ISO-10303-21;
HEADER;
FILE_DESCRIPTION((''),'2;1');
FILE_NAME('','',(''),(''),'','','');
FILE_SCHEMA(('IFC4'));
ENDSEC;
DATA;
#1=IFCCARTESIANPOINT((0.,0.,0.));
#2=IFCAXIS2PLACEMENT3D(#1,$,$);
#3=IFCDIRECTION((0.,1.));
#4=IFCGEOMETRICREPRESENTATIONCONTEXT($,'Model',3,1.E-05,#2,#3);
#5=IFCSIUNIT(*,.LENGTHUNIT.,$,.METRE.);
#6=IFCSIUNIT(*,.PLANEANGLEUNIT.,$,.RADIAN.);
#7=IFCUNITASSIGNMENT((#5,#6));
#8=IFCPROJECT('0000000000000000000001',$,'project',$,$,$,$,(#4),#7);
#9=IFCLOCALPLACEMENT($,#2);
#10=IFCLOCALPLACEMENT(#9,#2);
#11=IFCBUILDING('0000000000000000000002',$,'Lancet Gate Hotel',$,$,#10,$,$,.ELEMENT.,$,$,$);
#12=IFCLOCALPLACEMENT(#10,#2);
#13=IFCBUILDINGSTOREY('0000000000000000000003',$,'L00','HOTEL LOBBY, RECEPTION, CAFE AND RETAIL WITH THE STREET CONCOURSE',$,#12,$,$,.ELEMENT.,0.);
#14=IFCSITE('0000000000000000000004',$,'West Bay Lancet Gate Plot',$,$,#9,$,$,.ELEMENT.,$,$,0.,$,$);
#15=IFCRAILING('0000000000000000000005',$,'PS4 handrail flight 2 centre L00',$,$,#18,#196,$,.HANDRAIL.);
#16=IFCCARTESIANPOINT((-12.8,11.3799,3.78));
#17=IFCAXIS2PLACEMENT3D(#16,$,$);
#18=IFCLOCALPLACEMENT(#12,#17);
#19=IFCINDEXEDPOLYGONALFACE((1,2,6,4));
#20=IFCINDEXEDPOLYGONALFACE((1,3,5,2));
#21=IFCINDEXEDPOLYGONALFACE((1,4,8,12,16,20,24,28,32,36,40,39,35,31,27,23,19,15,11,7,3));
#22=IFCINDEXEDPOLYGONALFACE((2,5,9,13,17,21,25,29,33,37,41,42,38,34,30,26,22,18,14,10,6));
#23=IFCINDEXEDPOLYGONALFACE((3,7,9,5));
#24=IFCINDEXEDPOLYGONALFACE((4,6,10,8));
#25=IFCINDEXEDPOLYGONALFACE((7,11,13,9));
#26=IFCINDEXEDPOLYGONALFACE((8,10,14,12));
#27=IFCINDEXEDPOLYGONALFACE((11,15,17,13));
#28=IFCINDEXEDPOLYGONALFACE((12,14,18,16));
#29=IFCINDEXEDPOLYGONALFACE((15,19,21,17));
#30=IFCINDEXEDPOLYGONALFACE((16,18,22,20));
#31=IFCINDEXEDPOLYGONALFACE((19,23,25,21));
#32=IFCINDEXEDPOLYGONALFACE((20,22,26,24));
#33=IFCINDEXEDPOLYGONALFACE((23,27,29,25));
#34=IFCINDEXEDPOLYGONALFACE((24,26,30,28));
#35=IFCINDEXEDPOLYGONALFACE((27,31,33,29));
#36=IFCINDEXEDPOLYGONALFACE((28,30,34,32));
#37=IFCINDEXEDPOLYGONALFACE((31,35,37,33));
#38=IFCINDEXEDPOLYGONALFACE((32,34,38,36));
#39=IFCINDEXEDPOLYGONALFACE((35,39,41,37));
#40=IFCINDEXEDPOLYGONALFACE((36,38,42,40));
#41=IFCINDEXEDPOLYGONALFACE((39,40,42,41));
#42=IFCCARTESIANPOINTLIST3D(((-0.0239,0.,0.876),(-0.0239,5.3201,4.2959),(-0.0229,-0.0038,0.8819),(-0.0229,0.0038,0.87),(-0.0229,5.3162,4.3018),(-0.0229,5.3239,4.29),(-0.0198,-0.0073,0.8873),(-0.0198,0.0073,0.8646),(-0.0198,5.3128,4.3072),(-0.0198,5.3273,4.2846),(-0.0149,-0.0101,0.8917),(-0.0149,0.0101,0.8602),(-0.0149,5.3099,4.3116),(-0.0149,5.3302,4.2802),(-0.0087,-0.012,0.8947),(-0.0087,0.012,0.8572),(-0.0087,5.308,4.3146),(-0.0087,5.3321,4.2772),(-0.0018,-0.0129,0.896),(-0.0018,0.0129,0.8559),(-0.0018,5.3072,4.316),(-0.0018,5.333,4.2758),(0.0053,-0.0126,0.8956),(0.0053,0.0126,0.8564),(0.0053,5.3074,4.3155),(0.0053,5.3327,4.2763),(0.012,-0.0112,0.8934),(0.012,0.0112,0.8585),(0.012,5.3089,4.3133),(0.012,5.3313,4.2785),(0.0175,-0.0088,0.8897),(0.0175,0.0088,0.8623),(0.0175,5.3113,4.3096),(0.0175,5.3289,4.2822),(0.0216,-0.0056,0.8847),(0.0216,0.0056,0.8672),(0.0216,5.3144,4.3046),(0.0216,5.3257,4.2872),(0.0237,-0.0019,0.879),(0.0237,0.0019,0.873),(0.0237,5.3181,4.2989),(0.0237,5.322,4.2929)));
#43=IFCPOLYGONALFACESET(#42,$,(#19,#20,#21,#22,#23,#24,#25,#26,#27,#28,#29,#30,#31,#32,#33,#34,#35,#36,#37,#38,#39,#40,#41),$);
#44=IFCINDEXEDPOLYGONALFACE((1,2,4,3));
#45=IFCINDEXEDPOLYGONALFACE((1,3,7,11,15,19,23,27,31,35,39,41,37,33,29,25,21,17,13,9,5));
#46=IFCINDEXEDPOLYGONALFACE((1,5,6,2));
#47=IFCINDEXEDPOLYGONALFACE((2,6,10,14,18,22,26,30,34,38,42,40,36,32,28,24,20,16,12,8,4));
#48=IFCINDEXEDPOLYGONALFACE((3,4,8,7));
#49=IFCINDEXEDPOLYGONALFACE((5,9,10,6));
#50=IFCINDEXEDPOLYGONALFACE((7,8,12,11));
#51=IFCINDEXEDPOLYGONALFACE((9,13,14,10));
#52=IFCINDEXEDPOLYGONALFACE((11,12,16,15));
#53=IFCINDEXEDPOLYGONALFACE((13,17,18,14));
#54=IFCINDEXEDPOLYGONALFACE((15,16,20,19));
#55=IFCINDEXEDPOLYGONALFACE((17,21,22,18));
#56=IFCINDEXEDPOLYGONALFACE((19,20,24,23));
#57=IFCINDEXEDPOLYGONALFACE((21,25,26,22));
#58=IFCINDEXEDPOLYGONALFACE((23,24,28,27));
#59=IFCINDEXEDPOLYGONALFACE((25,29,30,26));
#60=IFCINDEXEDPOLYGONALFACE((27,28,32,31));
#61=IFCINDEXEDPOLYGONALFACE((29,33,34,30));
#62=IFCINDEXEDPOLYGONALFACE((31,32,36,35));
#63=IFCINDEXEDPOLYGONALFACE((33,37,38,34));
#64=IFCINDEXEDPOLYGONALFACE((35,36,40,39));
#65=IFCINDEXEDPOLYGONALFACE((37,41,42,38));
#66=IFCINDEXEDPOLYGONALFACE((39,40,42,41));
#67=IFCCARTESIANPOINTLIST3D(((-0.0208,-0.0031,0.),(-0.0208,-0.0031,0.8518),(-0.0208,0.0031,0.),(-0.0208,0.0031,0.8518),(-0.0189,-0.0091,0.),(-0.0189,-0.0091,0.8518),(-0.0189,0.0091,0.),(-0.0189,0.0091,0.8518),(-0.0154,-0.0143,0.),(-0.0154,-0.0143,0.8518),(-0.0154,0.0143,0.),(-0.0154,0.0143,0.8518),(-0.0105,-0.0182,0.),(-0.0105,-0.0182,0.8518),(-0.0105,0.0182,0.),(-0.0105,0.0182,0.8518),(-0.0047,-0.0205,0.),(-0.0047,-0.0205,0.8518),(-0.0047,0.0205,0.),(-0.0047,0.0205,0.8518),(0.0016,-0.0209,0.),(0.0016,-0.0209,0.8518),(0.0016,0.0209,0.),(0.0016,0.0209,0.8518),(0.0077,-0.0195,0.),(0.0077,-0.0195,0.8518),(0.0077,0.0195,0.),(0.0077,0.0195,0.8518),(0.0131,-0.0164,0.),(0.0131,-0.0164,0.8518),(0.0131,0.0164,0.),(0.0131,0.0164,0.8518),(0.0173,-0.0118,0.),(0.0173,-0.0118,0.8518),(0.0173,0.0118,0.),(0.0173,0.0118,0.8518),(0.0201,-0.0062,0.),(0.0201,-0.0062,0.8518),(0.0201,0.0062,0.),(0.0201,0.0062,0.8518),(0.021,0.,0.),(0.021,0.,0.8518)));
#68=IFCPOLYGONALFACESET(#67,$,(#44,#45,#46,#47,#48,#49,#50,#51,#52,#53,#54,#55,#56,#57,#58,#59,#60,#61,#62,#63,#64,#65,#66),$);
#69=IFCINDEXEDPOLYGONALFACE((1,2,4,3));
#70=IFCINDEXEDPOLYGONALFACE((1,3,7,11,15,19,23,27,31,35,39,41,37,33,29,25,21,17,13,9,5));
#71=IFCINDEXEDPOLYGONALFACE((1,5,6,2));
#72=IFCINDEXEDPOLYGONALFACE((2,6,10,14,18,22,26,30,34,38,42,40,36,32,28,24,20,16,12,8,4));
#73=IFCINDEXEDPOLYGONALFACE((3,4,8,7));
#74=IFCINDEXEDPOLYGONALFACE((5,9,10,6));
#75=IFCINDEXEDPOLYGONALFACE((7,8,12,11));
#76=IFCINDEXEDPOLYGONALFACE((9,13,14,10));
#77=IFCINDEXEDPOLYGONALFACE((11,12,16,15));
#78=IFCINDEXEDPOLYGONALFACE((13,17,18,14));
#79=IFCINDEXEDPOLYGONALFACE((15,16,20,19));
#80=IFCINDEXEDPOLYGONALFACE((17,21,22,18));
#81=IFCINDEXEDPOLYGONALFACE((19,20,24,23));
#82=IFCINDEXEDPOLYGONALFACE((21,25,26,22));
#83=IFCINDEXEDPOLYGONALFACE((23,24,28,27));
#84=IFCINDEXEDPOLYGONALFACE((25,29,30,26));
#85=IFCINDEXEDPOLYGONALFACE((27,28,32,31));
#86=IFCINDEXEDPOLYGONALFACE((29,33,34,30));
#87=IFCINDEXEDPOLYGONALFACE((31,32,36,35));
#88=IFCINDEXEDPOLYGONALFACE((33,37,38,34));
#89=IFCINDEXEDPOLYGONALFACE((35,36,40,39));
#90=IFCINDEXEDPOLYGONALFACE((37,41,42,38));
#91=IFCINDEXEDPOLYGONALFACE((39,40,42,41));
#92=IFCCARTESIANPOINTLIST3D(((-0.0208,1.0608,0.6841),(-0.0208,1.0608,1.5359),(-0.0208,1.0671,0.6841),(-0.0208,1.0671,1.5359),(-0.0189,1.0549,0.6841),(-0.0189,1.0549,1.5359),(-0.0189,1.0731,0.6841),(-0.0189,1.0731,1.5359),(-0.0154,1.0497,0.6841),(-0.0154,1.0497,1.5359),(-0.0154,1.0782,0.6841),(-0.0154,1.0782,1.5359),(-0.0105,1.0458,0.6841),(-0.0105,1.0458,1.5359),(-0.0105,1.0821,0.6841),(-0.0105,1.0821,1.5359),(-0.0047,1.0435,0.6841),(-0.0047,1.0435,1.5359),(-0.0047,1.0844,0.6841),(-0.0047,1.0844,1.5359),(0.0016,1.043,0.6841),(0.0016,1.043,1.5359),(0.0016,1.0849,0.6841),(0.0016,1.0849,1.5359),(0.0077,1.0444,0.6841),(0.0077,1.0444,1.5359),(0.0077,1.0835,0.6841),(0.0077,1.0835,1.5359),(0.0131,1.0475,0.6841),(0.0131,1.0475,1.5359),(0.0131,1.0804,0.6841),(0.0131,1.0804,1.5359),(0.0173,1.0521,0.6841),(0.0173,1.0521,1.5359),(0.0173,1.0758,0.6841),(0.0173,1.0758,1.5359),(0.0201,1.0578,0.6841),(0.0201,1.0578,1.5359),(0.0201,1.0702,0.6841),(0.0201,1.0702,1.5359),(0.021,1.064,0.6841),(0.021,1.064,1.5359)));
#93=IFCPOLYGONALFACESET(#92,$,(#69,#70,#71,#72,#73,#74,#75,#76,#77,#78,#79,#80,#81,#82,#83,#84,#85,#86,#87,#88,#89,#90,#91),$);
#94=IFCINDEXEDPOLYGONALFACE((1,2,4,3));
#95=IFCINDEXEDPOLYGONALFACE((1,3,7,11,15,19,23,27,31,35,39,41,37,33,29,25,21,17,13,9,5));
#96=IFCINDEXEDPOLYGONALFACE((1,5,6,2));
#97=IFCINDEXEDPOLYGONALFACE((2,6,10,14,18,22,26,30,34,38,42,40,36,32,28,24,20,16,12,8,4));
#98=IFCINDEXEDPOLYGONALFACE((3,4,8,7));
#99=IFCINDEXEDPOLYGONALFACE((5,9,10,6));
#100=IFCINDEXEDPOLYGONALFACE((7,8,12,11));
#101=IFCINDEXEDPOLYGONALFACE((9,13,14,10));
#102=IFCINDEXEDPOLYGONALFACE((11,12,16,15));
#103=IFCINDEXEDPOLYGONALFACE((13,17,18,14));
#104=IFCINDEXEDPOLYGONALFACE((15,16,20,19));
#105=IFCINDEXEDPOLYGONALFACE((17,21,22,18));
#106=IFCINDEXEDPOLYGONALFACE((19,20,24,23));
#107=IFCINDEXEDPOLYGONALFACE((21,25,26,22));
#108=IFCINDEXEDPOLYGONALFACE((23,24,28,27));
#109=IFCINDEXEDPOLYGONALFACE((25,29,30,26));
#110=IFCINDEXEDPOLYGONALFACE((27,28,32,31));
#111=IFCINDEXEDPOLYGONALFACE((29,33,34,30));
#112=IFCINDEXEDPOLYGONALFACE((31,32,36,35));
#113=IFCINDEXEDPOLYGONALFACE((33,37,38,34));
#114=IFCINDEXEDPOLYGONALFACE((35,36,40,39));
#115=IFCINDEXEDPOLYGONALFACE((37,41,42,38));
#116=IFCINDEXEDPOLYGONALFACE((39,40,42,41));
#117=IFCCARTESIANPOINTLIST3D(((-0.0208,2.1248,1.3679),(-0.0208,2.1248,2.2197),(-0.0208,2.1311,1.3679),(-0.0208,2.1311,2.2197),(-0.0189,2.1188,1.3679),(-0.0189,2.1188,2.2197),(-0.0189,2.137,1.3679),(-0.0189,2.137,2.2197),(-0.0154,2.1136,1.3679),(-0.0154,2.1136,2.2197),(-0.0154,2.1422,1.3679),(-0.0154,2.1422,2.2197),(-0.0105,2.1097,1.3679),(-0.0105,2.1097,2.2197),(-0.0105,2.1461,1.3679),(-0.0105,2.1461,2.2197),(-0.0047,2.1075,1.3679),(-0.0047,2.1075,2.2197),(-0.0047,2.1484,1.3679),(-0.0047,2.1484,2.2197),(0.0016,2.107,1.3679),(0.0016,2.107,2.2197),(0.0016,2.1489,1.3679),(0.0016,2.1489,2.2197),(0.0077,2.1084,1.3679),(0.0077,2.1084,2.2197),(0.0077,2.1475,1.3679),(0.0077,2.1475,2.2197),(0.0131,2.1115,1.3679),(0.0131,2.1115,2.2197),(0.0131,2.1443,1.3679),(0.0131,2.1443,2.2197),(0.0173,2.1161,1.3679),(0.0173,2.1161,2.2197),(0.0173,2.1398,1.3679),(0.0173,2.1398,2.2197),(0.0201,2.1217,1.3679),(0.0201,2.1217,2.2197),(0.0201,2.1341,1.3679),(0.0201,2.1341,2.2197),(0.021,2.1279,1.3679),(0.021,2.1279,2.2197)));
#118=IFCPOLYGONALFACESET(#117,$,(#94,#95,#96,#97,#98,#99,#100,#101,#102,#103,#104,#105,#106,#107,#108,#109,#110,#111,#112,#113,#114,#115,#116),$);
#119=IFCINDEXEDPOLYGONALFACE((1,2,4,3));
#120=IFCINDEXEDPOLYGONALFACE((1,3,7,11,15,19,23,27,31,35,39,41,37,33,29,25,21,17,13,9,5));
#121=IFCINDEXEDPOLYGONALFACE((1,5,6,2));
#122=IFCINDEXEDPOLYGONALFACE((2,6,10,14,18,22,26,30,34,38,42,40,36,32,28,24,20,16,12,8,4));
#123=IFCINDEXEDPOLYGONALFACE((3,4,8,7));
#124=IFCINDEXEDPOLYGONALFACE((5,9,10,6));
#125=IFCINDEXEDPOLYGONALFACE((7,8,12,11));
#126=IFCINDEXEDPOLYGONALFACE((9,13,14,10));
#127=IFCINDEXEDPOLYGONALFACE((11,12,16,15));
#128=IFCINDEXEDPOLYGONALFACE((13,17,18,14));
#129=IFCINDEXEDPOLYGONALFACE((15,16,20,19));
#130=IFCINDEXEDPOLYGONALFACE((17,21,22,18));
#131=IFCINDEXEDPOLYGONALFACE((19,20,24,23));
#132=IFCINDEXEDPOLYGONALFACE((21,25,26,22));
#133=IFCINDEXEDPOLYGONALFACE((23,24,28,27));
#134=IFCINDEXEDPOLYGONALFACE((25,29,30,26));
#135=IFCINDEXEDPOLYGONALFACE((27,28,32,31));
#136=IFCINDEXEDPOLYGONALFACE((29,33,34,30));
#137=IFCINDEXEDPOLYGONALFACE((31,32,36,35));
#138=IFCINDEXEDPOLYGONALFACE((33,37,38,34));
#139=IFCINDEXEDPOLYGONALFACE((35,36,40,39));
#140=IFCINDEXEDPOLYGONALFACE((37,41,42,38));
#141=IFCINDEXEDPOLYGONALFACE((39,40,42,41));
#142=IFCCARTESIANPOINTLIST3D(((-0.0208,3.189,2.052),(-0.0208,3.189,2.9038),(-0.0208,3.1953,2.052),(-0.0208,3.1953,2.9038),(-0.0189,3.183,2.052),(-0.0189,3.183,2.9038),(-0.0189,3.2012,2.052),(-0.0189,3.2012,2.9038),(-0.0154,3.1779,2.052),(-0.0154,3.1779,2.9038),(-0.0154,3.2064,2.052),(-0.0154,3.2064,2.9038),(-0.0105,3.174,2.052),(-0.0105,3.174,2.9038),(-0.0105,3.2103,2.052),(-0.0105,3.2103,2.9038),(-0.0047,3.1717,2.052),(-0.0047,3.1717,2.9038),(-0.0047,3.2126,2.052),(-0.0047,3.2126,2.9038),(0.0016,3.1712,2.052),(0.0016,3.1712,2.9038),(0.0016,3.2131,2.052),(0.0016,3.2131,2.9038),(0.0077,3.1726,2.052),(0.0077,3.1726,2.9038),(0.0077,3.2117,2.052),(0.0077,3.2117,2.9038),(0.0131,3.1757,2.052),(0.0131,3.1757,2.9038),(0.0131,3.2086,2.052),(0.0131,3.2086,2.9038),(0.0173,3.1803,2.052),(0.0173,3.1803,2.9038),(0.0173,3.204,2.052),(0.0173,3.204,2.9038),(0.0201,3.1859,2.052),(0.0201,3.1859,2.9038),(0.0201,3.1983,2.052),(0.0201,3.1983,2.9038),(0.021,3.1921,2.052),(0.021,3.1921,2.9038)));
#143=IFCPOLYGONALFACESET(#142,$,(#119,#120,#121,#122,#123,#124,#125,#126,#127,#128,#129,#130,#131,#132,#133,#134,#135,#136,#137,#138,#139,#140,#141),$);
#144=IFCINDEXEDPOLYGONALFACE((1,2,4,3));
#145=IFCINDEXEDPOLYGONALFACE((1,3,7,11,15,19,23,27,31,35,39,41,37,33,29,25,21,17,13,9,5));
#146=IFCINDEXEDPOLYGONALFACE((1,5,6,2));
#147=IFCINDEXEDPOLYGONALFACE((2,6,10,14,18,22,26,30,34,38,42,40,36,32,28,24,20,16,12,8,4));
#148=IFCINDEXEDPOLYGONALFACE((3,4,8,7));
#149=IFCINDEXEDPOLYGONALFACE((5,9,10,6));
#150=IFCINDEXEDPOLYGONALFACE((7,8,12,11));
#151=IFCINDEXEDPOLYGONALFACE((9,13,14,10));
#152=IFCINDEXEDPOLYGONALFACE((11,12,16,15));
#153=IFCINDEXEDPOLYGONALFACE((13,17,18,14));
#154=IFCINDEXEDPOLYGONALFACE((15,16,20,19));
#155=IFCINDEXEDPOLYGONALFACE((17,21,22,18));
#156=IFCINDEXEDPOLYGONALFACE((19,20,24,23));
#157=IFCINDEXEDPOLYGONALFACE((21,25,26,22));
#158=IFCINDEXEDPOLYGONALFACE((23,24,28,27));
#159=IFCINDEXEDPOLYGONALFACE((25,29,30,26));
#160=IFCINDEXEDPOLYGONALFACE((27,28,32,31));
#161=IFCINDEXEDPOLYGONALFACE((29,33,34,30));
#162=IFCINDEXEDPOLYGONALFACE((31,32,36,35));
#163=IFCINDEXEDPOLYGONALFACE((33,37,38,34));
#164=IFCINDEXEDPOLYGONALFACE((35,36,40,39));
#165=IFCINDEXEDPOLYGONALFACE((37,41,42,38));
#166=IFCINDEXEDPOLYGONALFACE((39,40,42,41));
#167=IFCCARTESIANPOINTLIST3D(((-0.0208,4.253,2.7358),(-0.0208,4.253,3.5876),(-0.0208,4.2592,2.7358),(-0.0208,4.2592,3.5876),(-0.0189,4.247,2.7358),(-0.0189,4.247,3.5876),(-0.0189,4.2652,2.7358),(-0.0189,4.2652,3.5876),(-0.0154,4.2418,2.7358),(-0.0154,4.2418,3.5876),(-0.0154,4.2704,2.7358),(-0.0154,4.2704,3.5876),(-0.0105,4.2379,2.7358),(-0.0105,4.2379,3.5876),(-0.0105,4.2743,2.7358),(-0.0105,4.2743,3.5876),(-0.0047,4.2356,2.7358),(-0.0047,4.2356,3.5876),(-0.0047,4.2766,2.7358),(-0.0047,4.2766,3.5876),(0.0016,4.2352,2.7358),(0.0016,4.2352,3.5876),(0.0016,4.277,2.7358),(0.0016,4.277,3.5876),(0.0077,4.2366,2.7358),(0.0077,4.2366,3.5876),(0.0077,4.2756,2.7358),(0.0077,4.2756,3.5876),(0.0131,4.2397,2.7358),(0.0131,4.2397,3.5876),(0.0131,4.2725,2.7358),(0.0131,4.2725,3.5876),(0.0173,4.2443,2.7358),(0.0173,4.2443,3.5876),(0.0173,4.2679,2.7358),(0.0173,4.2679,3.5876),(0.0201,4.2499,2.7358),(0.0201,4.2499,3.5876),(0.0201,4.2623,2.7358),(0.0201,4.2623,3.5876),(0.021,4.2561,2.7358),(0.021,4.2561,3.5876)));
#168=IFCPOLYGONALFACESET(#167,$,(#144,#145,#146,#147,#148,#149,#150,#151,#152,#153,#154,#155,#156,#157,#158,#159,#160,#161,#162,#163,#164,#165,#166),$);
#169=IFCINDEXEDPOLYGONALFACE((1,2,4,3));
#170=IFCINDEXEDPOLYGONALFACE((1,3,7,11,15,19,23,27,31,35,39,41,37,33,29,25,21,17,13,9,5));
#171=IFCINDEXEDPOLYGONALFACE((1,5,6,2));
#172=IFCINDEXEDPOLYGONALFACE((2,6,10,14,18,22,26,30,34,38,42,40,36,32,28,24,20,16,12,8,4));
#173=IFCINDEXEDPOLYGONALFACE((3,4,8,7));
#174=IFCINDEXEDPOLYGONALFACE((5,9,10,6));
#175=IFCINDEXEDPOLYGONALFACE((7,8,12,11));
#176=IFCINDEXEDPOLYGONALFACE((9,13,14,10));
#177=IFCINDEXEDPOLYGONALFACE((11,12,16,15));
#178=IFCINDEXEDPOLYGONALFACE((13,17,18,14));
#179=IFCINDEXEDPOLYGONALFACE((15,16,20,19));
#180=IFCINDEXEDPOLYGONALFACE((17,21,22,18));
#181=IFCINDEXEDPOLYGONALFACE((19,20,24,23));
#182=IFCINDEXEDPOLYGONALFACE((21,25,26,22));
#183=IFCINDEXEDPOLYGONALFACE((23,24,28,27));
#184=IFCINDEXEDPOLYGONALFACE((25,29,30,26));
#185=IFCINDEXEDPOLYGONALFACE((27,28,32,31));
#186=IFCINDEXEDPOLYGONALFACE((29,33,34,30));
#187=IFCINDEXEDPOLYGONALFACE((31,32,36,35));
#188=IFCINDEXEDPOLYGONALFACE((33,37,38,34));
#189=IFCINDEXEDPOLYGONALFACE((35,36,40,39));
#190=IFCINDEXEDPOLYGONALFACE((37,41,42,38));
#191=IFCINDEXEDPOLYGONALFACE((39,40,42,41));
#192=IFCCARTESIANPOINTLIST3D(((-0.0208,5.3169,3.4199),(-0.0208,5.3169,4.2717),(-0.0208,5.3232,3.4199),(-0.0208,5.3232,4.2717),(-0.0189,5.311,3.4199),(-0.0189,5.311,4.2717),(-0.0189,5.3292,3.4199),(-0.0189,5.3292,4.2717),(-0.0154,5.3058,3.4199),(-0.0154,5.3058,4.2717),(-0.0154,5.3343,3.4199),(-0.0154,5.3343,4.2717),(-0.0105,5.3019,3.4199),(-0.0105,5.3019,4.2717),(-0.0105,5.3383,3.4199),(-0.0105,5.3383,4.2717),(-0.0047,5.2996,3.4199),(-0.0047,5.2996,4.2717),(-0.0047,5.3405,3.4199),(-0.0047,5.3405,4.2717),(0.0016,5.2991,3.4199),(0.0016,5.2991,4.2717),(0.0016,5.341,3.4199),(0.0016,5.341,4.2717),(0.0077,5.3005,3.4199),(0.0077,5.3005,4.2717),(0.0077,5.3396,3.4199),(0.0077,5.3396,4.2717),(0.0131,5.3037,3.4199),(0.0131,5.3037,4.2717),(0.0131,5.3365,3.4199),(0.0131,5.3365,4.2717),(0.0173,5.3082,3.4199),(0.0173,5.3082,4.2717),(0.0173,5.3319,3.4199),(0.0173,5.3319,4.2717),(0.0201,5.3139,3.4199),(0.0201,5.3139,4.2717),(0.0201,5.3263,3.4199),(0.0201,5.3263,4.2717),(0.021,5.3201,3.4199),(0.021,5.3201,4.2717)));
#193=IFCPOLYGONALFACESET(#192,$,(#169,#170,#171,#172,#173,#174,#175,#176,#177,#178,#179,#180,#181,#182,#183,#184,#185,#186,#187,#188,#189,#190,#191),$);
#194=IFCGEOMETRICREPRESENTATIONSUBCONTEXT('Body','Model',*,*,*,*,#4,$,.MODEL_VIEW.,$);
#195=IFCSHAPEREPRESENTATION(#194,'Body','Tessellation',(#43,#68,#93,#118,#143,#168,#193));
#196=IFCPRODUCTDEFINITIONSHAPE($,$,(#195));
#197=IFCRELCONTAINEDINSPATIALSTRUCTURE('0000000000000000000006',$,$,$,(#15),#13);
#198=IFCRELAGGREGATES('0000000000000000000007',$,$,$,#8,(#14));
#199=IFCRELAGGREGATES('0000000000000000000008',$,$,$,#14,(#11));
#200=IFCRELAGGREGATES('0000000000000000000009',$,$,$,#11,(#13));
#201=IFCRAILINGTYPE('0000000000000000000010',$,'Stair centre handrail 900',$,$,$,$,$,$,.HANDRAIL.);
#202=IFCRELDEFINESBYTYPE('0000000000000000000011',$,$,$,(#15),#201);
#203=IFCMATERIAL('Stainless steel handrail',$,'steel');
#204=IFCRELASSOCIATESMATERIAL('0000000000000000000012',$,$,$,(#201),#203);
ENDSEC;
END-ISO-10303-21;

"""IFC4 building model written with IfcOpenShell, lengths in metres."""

from ifc_helpers import new_model, si_unit, direction, frame, origin, origin_2d, place, context, subcontext, project, spatial, circle, extrude, material, type_object, element, save


model = new_model("IFC4")

# Units and contexts
model_context = context("Model", 3, precision=1e-05, world=origin(), true_north=direction((0.0, 1.0)))
body_context = subcontext(model_context, "Body", "Model", "MODEL_VIEW")
ifc_project = project(units=[si_unit("LENGTHUNIT", "METRE"), si_unit("PLANEANGLEUNIT", "RADIAN")], contexts=[model_context])

# Site, building, storey
site_placement = place(None, origin())
site = spatial("IfcSite", under=ifc_project, at=site_placement, Name="West Bay Lancet Gate Plot", CompositionType="ELEMENT", RefElevation=0.0)
building_placement = place(site_placement, origin())
building = spatial("IfcBuilding", under=site, at=building_placement, Name="Lancet Gate Hotel", CompositionType="ELEMENT")
storey_placement = place(building_placement, origin())
storey = spatial("IfcBuildingStorey", under=building, at=storey_placement, Name="L00", Description="HOTEL LOBBY, RECEPTION, CAFE AND RETAIL WITH THE STREET CONCOURSE", CompositionType="ELEMENT", Elevation=0.0)

# Railing
ifc_material_1 = material(Name="Stainless steel handrail", Category="steel")
railing_type_1 = type_object("IfcRailingType", Name="Stair centre handrail 900", PredefinedType="HANDRAIL", material=ifc_material_1)
railing_1_placement = place(storey_placement, frame((-12.8, 11.3799, 3.78)))
element("IfcRailing", 1, at=railing_1_placement, inside=storey, type_object=railing_type_1, Name="PS4 handrail flight 2 centre L00", PredefinedType="HANDRAIL", context=body_context, shape_type="SweptSolid", body=[
    extrude(circle(Radius=0.0239, at=origin_2d()), frame((0.0, 0.0, 0.876), z_axis=(0.0, 0.841187, 0.540744), x_axis=(-1.0, 0.0, 0.0)), (0.0, 0.0, 1.0), 6.3245),
    extrude(circle(Radius=0.021, at=origin_2d()), origin(), (0.0, 0.0, 1.0), 0.8518),
    extrude(circle(Radius=0.021, at=origin_2d()), frame((0.0, 1.064, 0.6841)), (0.0, 0.0, 1.0), 0.8518),
    extrude(circle(Radius=0.021, at=origin_2d()), frame((0.0, 2.1279, 1.3679)), (0.0, 0.0, 1.0), 0.8518),
    extrude(circle(Radius=0.021, at=origin_2d()), frame((0.0, 3.1921, 2.052)), (0.0, 0.0, 1.0), 0.8518),
    extrude(circle(Radius=0.021, at=origin_2d()), frame((0.0, 4.2561, 2.7358)), (0.0, 0.0, 1.0), 0.8518),
    extrude(circle(Radius=0.021, at=origin_2d()), frame((0.0, 5.3201, 3.4199)), (0.0, 0.0, 1.0), 0.8518),
])

save(model, "model.ifc")
